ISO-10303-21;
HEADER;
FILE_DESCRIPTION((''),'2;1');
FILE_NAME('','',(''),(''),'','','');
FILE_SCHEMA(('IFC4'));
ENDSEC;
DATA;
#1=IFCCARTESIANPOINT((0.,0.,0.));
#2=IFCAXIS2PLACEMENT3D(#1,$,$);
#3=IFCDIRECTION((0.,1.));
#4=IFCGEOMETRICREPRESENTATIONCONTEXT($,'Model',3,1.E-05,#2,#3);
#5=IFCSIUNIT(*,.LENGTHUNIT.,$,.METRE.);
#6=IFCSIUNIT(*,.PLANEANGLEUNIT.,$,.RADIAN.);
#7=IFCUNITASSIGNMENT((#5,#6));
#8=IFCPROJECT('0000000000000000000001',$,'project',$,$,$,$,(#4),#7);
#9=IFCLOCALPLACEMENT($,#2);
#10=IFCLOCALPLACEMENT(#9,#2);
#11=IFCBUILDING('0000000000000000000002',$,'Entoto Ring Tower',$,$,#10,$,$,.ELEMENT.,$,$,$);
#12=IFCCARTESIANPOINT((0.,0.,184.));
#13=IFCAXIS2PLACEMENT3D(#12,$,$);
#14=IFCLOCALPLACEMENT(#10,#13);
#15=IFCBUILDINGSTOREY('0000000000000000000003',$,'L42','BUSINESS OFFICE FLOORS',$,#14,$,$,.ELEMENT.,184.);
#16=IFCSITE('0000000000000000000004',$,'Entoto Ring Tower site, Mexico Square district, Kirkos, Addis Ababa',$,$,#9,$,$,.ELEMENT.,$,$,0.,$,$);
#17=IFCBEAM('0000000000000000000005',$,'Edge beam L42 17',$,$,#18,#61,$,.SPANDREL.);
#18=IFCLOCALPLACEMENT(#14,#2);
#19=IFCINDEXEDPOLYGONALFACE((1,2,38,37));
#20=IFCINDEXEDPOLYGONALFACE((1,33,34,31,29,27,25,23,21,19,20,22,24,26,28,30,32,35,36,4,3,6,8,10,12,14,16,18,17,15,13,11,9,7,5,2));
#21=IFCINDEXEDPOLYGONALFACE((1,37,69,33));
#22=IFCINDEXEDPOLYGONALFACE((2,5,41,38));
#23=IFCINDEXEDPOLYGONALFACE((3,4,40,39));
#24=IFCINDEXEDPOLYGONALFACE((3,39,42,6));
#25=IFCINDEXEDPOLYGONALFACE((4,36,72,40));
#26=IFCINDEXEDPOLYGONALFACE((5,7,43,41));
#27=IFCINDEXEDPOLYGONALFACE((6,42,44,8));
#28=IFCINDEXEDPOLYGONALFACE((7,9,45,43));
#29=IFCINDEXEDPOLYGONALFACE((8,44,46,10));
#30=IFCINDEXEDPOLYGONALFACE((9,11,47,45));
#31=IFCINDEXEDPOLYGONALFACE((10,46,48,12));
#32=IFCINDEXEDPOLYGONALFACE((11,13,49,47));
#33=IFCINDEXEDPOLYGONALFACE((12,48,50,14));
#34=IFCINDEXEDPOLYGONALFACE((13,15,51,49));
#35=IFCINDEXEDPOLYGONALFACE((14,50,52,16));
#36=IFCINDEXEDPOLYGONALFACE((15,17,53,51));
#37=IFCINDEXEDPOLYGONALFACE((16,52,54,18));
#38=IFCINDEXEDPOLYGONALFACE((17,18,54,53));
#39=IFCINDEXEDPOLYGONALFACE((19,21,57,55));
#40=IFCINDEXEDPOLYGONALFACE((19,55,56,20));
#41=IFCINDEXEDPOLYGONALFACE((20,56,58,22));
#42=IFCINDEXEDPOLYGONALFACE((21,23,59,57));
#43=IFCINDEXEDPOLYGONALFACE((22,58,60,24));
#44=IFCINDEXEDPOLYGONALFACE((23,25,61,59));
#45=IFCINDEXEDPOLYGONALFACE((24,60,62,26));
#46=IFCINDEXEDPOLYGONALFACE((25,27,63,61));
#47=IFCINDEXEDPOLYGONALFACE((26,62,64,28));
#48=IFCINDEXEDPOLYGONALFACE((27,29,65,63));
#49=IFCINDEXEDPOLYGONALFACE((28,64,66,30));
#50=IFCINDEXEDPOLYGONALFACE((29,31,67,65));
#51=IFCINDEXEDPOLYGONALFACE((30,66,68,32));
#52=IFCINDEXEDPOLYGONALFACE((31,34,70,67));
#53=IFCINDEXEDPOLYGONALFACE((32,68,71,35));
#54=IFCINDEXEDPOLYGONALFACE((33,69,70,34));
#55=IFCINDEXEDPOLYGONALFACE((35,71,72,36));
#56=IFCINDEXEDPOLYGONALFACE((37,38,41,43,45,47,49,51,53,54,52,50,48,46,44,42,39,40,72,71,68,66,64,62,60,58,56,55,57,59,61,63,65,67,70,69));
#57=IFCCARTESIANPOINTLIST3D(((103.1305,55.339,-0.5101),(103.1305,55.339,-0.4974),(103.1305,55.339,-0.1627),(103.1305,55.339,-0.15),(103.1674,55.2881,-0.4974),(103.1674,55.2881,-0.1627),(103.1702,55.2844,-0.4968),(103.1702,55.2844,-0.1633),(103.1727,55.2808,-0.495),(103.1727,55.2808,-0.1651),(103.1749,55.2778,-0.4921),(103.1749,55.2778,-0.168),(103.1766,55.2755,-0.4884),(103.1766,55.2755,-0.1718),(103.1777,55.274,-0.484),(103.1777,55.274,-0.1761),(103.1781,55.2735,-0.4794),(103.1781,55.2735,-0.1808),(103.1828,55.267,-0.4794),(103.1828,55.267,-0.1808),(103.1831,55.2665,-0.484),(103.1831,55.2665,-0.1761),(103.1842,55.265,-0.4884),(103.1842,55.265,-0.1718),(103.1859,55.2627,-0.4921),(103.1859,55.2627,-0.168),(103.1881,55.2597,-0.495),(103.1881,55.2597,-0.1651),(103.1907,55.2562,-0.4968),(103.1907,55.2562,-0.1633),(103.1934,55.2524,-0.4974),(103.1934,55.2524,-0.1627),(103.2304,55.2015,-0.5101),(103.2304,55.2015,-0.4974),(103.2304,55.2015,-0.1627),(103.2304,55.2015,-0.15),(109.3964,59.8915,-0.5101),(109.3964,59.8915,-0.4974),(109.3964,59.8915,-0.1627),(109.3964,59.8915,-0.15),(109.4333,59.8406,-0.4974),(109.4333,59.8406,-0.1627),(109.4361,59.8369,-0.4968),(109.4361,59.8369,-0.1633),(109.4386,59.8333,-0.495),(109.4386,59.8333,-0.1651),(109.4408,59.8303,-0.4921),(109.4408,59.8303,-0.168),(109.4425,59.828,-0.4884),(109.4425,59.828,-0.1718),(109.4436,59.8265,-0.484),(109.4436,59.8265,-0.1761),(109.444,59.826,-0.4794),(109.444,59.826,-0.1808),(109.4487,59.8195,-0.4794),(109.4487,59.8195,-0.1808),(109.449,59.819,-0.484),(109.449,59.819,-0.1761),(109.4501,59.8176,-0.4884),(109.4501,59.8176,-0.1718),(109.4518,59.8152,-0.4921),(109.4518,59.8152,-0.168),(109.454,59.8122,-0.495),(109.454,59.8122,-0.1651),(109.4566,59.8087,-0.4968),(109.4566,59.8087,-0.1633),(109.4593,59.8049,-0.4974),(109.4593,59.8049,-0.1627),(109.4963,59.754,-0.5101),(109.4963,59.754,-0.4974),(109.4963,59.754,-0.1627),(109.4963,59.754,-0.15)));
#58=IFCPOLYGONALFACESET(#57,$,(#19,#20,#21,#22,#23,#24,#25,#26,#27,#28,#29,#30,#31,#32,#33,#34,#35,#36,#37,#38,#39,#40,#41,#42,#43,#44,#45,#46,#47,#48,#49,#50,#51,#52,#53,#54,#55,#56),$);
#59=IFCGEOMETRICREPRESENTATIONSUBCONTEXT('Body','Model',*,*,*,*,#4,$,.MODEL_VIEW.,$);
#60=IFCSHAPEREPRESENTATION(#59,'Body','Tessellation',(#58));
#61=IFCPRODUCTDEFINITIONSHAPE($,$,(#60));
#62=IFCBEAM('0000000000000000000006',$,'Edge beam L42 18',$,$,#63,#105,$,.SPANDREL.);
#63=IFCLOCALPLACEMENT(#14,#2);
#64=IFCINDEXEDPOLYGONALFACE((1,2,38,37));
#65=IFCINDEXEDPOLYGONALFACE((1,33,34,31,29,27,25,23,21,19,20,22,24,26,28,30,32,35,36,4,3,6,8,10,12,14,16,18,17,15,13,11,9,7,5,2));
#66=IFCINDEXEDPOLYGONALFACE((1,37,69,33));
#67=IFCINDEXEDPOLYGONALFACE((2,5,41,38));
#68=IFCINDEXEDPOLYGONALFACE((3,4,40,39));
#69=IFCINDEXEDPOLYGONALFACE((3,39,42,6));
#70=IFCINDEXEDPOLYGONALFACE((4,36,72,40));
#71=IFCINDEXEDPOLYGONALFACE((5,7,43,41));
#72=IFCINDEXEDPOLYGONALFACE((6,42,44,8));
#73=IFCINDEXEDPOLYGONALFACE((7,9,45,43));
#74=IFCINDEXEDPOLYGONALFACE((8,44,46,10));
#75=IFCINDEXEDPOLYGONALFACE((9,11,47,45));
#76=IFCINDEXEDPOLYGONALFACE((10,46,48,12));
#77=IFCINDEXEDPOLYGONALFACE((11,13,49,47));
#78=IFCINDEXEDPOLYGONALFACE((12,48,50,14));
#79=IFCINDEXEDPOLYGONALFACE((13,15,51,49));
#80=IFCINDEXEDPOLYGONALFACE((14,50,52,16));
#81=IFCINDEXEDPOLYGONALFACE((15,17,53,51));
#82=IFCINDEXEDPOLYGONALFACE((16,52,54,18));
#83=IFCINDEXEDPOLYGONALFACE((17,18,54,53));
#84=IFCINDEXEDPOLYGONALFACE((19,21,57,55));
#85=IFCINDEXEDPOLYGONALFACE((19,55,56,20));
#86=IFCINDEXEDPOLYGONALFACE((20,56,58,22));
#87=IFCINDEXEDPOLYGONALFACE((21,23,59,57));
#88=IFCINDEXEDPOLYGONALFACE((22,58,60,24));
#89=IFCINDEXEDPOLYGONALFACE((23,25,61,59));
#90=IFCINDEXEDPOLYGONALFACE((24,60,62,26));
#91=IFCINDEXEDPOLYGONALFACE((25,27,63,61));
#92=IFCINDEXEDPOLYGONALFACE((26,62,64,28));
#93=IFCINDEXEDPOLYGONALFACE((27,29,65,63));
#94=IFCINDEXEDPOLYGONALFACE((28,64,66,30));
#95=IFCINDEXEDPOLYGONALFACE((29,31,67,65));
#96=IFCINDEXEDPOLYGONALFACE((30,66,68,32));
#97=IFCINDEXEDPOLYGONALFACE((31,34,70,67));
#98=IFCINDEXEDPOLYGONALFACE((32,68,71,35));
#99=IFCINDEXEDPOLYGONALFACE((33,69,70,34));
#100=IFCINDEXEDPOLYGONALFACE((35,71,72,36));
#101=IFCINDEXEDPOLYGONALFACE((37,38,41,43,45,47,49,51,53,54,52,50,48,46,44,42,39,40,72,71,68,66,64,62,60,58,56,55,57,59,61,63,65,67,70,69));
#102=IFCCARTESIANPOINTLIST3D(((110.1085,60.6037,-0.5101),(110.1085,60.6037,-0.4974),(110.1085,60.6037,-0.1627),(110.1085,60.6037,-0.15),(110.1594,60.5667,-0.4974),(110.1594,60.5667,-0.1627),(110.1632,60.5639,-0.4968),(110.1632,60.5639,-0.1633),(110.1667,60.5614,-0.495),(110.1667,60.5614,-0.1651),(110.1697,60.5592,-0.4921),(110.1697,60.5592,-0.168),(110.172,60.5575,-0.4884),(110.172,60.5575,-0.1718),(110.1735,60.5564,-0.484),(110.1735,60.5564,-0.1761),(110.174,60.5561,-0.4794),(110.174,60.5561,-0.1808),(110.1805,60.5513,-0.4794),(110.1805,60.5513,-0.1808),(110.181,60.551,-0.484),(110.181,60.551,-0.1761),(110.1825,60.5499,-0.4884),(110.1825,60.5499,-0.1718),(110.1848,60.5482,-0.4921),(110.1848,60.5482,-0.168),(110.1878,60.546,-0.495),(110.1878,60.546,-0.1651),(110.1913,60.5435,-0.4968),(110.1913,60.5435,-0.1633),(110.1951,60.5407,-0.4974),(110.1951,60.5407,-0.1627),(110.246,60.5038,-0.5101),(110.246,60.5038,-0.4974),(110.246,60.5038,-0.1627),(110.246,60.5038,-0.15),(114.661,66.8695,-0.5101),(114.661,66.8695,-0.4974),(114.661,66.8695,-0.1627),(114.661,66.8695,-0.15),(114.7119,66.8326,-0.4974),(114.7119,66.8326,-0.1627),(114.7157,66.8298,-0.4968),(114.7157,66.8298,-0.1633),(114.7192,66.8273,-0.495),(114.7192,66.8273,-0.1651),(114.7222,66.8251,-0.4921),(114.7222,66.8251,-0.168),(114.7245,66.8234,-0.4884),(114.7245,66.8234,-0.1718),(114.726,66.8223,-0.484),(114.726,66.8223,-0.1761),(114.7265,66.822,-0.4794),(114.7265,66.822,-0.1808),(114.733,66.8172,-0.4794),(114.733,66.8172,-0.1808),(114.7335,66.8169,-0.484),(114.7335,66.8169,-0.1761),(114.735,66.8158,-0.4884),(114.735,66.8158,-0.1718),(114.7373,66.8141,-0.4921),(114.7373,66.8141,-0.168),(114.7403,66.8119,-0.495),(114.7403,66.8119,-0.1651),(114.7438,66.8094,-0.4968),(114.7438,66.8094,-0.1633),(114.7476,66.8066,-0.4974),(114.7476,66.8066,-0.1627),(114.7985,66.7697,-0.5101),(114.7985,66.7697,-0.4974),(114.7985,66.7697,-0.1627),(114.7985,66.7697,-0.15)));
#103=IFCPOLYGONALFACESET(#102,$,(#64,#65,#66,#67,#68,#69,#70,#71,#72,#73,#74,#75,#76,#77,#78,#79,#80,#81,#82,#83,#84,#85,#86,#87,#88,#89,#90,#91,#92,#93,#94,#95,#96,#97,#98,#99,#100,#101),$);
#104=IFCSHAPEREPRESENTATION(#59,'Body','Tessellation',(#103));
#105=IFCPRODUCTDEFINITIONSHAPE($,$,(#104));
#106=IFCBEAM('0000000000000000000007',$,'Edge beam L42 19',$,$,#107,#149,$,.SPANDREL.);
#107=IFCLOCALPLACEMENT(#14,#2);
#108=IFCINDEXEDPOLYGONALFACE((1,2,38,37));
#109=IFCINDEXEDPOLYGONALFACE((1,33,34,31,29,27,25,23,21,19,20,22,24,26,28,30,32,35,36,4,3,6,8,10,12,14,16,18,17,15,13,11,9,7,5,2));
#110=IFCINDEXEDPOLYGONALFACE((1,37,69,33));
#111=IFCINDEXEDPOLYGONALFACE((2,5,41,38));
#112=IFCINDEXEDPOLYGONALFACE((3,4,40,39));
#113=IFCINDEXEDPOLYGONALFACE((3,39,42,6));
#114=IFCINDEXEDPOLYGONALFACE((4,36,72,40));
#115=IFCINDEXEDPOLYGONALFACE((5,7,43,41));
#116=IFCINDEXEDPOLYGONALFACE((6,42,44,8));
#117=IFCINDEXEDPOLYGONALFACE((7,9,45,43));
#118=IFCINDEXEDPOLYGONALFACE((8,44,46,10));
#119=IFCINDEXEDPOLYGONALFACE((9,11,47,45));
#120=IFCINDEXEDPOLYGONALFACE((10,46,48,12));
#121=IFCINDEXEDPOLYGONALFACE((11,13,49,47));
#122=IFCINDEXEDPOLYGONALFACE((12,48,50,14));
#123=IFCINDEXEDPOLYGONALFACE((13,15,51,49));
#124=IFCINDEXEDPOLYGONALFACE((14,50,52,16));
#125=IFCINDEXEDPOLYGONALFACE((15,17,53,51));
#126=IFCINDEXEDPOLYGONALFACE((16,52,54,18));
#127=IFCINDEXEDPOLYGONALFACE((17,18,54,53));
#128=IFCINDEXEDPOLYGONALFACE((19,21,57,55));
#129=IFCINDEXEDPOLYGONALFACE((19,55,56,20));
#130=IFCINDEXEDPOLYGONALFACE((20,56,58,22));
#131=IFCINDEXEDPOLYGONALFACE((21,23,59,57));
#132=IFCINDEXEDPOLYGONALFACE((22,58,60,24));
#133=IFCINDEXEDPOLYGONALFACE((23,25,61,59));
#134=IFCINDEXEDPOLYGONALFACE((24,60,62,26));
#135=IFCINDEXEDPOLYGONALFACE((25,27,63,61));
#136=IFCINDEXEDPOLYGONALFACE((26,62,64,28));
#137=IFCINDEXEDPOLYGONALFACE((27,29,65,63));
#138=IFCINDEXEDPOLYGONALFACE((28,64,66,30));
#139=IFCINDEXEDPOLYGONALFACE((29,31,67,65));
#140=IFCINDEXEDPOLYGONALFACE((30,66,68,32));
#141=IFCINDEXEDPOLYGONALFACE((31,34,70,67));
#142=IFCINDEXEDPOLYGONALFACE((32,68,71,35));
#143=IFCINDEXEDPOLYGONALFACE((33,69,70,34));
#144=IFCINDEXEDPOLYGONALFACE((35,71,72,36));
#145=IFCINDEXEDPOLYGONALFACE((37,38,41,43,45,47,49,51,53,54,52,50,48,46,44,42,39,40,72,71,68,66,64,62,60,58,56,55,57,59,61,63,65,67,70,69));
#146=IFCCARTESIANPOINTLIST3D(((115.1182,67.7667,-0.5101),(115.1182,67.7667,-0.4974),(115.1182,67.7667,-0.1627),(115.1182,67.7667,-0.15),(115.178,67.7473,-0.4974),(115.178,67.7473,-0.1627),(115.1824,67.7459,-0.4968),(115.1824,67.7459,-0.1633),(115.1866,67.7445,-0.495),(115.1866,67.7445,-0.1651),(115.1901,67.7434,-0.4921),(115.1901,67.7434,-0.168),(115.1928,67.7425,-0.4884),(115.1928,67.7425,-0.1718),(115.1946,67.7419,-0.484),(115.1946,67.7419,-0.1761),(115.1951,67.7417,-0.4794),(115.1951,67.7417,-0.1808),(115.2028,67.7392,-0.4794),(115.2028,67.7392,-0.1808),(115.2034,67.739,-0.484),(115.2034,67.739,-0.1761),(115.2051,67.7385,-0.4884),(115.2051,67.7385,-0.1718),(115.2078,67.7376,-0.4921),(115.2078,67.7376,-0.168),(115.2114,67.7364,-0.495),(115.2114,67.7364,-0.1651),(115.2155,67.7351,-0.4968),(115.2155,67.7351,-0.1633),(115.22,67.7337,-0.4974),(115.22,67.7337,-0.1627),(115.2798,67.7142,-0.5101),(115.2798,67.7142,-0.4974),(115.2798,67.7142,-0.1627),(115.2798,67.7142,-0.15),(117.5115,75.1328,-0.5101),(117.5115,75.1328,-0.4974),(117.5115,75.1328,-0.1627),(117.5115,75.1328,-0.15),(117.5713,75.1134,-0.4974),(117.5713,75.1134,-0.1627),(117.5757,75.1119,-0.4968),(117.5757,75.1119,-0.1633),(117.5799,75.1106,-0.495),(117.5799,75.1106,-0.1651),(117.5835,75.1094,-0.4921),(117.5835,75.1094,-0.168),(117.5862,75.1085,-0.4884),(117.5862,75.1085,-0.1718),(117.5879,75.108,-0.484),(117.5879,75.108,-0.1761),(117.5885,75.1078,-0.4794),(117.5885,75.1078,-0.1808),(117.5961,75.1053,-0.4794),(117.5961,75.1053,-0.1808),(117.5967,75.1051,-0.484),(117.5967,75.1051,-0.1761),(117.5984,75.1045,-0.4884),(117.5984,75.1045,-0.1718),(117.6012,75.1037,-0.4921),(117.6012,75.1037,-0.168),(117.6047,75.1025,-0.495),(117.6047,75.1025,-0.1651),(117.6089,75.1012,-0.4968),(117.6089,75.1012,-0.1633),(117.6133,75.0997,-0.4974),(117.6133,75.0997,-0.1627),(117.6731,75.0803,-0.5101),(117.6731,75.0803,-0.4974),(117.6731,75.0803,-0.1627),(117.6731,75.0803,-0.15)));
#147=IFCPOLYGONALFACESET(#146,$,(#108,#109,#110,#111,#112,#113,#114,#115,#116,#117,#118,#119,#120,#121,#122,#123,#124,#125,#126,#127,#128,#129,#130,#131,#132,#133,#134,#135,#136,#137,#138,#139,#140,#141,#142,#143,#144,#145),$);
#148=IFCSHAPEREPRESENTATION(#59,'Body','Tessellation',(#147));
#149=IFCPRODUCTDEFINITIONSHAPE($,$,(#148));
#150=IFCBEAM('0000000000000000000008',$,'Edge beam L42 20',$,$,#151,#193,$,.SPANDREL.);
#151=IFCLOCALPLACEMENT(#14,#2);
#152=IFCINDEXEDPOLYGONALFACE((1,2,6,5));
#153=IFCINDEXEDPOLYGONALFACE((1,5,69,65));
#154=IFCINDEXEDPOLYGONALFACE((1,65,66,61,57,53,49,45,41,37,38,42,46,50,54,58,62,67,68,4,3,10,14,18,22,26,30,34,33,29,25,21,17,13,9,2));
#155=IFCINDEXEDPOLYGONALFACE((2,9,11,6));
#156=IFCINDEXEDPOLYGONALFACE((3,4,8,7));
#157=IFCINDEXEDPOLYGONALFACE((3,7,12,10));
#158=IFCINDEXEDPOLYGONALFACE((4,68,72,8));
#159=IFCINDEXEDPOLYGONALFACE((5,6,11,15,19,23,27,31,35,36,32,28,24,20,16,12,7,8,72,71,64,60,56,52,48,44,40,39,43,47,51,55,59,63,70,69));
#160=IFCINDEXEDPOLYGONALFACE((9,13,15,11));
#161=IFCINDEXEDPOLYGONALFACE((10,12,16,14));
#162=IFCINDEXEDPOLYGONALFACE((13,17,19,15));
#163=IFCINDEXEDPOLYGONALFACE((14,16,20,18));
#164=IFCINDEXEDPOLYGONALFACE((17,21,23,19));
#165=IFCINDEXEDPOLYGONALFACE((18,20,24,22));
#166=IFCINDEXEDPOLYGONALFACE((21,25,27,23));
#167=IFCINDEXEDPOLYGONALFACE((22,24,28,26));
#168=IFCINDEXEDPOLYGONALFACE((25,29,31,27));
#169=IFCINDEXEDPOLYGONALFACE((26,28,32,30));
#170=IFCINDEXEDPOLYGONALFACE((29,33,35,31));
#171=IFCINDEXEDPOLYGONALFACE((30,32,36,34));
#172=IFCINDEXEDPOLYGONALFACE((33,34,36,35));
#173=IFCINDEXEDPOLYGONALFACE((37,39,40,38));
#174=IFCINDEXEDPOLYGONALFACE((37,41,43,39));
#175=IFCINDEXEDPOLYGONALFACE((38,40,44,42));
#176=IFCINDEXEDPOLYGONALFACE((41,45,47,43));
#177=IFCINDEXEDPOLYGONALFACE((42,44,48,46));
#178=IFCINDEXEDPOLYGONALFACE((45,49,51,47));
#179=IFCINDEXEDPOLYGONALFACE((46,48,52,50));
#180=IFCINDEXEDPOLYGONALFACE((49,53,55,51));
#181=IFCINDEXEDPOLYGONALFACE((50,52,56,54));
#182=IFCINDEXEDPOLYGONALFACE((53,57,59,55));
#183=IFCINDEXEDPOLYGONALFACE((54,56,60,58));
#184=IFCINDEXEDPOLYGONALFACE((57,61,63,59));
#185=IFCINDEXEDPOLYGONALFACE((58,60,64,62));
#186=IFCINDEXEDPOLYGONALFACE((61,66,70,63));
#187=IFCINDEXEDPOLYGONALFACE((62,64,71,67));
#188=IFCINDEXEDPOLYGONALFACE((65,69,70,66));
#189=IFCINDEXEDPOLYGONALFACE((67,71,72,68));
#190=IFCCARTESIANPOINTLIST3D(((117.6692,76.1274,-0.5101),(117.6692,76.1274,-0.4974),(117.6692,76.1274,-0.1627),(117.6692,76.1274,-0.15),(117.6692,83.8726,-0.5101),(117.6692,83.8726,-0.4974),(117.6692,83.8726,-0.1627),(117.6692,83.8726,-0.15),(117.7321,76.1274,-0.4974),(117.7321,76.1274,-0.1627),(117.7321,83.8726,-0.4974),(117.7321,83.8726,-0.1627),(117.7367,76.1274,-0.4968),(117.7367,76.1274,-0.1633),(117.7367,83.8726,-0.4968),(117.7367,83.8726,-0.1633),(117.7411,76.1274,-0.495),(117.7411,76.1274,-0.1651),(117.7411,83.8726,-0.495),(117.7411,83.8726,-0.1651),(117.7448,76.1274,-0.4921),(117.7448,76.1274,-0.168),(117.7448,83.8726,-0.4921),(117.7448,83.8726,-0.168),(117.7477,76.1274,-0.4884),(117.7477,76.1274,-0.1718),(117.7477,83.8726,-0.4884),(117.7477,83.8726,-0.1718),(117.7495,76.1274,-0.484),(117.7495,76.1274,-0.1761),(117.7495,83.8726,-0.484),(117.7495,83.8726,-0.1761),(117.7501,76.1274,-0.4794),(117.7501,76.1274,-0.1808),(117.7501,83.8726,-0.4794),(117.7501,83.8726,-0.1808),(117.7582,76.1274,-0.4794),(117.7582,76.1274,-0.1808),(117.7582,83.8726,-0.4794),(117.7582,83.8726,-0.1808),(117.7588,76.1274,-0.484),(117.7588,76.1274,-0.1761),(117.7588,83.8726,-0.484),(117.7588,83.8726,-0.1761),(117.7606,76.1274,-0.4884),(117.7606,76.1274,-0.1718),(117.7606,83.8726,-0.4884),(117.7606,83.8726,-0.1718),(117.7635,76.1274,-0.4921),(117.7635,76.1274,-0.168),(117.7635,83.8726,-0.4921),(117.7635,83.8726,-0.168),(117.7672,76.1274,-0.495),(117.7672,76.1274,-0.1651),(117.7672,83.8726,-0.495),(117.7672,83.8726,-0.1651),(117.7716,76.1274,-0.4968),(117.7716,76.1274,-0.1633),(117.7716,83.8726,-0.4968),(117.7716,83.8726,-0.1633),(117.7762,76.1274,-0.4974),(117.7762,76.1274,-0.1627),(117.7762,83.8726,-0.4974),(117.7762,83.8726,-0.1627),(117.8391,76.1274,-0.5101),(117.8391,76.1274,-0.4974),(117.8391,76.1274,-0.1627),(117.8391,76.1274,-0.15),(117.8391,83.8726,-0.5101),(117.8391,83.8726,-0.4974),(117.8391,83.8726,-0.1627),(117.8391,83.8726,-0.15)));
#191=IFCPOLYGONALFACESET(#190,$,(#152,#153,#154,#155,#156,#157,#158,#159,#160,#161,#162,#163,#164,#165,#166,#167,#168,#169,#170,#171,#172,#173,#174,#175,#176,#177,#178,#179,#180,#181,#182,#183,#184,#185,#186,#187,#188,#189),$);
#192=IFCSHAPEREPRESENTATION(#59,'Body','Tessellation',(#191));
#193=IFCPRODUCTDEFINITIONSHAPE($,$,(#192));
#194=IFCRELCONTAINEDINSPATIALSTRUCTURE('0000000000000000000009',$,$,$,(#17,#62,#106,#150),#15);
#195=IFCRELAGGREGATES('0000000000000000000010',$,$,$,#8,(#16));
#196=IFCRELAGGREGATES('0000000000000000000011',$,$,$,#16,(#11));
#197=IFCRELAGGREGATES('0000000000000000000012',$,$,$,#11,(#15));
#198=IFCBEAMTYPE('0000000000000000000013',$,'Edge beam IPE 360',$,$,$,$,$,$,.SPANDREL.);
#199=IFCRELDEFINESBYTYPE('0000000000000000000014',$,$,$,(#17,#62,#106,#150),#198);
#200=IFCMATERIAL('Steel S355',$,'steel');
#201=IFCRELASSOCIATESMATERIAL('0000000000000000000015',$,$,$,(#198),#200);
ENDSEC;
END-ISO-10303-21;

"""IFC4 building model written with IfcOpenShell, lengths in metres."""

from ifc_helpers import new_model, si_unit, direction, frame, origin, origin_2d, place, context, subcontext, project, spatial, i_section, extrude, material, material_profile, profile_set, type_object, element, save


model = new_model("IFC4")

# Units and contexts
model_context = context("Model", 3, precision=1e-05, world=origin(), true_north=direction((0.0, 1.0)))
body_context = subcontext(model_context, "Body", "Model", "MODEL_VIEW")
ifc_project = project(units=[si_unit("LENGTHUNIT", "METRE"), si_unit("PLANEANGLEUNIT", "RADIAN")], contexts=[model_context])

# Site, building, storey
site_placement = place(None, origin())
site = spatial("IfcSite", under=ifc_project, at=site_placement, Name="Entoto Ring Tower site, Mexico Square district, Kirkos, Addis Ababa", CompositionType="ELEMENT", RefElevation=0.0)
building_placement = place(site_placement, origin())
building = spatial("IfcBuilding", under=site, at=building_placement, Name="Entoto Ring Tower", CompositionType="ELEMENT")
storey_placement = place(building_placement, frame((0.0, 0.0, 184.0)))
storey = spatial("IfcBuildingStorey", under=building, at=storey_placement, Name="L42", Description="BUSINESS OFFICE FLOORS", CompositionType="ELEMENT", Elevation=184.0)

# Beams
ifc_material_1 = material(Name="Steel S355", Category="steel")
ifc_material_profile_1 = material_profile(ifc_material_1, i_section(OverallWidth=0.1699, OverallDepth=0.3601, WebThickness=0.0081, FlangeThickness=0.0127, FilletRadius=0.0181, at=origin_2d()), Name="IPE 360")
ifc_profile_set_1 = profile_set([ifc_material_profile_1], Name="Steel S355")
beam_type_1 = type_object("IfcBeamType", Name="Edge beam IPE 360", PredefinedType="SPANDREL", material=ifc_profile_set_1)
for number, where, z_axis, x_axis, name in (
    (1, (103.1804, 55.2703, -0.3301), (0.809013, 0.587791, 0.0), (-0.587791, 0.809013, 0.0), "Edge beam L42 17"),
    (2, (110.1772, 60.5537, -0.3301), (0.587791, 0.809013, 0.0), (-0.809013, 0.587791, 0.0), "Edge beam L42 18"),
    (3, (115.199, 67.7405, -0.3301), (0.309013, 0.951058, 0.0), (-0.951058, 0.309013, 0.0), "Edge beam L42 19"),
    (4, (117.7542, 76.1274, -0.3301), (0.0, 1.0, 0.0), (-1.0, 0.0, 0.0), "Edge beam L42 20"),
):
    element("IfcBeam", number, at=place(storey_placement, frame(where, z_axis=z_axis, x_axis=x_axis)), inside=storey, type_object=beam_type_1, Name=name, PredefinedType="SPANDREL", context=body_context, shape_type="SweptSolid", body=[
        extrude(i_section(OverallWidth=0.1699, OverallDepth=0.3601, WebThickness=0.0081, FlangeThickness=0.0127, FilletRadius=0.0181, at=origin_2d()), origin(), (0.0, 0.0, 1.0), 7.7451),
    ])

save(model, "model.ifc")
